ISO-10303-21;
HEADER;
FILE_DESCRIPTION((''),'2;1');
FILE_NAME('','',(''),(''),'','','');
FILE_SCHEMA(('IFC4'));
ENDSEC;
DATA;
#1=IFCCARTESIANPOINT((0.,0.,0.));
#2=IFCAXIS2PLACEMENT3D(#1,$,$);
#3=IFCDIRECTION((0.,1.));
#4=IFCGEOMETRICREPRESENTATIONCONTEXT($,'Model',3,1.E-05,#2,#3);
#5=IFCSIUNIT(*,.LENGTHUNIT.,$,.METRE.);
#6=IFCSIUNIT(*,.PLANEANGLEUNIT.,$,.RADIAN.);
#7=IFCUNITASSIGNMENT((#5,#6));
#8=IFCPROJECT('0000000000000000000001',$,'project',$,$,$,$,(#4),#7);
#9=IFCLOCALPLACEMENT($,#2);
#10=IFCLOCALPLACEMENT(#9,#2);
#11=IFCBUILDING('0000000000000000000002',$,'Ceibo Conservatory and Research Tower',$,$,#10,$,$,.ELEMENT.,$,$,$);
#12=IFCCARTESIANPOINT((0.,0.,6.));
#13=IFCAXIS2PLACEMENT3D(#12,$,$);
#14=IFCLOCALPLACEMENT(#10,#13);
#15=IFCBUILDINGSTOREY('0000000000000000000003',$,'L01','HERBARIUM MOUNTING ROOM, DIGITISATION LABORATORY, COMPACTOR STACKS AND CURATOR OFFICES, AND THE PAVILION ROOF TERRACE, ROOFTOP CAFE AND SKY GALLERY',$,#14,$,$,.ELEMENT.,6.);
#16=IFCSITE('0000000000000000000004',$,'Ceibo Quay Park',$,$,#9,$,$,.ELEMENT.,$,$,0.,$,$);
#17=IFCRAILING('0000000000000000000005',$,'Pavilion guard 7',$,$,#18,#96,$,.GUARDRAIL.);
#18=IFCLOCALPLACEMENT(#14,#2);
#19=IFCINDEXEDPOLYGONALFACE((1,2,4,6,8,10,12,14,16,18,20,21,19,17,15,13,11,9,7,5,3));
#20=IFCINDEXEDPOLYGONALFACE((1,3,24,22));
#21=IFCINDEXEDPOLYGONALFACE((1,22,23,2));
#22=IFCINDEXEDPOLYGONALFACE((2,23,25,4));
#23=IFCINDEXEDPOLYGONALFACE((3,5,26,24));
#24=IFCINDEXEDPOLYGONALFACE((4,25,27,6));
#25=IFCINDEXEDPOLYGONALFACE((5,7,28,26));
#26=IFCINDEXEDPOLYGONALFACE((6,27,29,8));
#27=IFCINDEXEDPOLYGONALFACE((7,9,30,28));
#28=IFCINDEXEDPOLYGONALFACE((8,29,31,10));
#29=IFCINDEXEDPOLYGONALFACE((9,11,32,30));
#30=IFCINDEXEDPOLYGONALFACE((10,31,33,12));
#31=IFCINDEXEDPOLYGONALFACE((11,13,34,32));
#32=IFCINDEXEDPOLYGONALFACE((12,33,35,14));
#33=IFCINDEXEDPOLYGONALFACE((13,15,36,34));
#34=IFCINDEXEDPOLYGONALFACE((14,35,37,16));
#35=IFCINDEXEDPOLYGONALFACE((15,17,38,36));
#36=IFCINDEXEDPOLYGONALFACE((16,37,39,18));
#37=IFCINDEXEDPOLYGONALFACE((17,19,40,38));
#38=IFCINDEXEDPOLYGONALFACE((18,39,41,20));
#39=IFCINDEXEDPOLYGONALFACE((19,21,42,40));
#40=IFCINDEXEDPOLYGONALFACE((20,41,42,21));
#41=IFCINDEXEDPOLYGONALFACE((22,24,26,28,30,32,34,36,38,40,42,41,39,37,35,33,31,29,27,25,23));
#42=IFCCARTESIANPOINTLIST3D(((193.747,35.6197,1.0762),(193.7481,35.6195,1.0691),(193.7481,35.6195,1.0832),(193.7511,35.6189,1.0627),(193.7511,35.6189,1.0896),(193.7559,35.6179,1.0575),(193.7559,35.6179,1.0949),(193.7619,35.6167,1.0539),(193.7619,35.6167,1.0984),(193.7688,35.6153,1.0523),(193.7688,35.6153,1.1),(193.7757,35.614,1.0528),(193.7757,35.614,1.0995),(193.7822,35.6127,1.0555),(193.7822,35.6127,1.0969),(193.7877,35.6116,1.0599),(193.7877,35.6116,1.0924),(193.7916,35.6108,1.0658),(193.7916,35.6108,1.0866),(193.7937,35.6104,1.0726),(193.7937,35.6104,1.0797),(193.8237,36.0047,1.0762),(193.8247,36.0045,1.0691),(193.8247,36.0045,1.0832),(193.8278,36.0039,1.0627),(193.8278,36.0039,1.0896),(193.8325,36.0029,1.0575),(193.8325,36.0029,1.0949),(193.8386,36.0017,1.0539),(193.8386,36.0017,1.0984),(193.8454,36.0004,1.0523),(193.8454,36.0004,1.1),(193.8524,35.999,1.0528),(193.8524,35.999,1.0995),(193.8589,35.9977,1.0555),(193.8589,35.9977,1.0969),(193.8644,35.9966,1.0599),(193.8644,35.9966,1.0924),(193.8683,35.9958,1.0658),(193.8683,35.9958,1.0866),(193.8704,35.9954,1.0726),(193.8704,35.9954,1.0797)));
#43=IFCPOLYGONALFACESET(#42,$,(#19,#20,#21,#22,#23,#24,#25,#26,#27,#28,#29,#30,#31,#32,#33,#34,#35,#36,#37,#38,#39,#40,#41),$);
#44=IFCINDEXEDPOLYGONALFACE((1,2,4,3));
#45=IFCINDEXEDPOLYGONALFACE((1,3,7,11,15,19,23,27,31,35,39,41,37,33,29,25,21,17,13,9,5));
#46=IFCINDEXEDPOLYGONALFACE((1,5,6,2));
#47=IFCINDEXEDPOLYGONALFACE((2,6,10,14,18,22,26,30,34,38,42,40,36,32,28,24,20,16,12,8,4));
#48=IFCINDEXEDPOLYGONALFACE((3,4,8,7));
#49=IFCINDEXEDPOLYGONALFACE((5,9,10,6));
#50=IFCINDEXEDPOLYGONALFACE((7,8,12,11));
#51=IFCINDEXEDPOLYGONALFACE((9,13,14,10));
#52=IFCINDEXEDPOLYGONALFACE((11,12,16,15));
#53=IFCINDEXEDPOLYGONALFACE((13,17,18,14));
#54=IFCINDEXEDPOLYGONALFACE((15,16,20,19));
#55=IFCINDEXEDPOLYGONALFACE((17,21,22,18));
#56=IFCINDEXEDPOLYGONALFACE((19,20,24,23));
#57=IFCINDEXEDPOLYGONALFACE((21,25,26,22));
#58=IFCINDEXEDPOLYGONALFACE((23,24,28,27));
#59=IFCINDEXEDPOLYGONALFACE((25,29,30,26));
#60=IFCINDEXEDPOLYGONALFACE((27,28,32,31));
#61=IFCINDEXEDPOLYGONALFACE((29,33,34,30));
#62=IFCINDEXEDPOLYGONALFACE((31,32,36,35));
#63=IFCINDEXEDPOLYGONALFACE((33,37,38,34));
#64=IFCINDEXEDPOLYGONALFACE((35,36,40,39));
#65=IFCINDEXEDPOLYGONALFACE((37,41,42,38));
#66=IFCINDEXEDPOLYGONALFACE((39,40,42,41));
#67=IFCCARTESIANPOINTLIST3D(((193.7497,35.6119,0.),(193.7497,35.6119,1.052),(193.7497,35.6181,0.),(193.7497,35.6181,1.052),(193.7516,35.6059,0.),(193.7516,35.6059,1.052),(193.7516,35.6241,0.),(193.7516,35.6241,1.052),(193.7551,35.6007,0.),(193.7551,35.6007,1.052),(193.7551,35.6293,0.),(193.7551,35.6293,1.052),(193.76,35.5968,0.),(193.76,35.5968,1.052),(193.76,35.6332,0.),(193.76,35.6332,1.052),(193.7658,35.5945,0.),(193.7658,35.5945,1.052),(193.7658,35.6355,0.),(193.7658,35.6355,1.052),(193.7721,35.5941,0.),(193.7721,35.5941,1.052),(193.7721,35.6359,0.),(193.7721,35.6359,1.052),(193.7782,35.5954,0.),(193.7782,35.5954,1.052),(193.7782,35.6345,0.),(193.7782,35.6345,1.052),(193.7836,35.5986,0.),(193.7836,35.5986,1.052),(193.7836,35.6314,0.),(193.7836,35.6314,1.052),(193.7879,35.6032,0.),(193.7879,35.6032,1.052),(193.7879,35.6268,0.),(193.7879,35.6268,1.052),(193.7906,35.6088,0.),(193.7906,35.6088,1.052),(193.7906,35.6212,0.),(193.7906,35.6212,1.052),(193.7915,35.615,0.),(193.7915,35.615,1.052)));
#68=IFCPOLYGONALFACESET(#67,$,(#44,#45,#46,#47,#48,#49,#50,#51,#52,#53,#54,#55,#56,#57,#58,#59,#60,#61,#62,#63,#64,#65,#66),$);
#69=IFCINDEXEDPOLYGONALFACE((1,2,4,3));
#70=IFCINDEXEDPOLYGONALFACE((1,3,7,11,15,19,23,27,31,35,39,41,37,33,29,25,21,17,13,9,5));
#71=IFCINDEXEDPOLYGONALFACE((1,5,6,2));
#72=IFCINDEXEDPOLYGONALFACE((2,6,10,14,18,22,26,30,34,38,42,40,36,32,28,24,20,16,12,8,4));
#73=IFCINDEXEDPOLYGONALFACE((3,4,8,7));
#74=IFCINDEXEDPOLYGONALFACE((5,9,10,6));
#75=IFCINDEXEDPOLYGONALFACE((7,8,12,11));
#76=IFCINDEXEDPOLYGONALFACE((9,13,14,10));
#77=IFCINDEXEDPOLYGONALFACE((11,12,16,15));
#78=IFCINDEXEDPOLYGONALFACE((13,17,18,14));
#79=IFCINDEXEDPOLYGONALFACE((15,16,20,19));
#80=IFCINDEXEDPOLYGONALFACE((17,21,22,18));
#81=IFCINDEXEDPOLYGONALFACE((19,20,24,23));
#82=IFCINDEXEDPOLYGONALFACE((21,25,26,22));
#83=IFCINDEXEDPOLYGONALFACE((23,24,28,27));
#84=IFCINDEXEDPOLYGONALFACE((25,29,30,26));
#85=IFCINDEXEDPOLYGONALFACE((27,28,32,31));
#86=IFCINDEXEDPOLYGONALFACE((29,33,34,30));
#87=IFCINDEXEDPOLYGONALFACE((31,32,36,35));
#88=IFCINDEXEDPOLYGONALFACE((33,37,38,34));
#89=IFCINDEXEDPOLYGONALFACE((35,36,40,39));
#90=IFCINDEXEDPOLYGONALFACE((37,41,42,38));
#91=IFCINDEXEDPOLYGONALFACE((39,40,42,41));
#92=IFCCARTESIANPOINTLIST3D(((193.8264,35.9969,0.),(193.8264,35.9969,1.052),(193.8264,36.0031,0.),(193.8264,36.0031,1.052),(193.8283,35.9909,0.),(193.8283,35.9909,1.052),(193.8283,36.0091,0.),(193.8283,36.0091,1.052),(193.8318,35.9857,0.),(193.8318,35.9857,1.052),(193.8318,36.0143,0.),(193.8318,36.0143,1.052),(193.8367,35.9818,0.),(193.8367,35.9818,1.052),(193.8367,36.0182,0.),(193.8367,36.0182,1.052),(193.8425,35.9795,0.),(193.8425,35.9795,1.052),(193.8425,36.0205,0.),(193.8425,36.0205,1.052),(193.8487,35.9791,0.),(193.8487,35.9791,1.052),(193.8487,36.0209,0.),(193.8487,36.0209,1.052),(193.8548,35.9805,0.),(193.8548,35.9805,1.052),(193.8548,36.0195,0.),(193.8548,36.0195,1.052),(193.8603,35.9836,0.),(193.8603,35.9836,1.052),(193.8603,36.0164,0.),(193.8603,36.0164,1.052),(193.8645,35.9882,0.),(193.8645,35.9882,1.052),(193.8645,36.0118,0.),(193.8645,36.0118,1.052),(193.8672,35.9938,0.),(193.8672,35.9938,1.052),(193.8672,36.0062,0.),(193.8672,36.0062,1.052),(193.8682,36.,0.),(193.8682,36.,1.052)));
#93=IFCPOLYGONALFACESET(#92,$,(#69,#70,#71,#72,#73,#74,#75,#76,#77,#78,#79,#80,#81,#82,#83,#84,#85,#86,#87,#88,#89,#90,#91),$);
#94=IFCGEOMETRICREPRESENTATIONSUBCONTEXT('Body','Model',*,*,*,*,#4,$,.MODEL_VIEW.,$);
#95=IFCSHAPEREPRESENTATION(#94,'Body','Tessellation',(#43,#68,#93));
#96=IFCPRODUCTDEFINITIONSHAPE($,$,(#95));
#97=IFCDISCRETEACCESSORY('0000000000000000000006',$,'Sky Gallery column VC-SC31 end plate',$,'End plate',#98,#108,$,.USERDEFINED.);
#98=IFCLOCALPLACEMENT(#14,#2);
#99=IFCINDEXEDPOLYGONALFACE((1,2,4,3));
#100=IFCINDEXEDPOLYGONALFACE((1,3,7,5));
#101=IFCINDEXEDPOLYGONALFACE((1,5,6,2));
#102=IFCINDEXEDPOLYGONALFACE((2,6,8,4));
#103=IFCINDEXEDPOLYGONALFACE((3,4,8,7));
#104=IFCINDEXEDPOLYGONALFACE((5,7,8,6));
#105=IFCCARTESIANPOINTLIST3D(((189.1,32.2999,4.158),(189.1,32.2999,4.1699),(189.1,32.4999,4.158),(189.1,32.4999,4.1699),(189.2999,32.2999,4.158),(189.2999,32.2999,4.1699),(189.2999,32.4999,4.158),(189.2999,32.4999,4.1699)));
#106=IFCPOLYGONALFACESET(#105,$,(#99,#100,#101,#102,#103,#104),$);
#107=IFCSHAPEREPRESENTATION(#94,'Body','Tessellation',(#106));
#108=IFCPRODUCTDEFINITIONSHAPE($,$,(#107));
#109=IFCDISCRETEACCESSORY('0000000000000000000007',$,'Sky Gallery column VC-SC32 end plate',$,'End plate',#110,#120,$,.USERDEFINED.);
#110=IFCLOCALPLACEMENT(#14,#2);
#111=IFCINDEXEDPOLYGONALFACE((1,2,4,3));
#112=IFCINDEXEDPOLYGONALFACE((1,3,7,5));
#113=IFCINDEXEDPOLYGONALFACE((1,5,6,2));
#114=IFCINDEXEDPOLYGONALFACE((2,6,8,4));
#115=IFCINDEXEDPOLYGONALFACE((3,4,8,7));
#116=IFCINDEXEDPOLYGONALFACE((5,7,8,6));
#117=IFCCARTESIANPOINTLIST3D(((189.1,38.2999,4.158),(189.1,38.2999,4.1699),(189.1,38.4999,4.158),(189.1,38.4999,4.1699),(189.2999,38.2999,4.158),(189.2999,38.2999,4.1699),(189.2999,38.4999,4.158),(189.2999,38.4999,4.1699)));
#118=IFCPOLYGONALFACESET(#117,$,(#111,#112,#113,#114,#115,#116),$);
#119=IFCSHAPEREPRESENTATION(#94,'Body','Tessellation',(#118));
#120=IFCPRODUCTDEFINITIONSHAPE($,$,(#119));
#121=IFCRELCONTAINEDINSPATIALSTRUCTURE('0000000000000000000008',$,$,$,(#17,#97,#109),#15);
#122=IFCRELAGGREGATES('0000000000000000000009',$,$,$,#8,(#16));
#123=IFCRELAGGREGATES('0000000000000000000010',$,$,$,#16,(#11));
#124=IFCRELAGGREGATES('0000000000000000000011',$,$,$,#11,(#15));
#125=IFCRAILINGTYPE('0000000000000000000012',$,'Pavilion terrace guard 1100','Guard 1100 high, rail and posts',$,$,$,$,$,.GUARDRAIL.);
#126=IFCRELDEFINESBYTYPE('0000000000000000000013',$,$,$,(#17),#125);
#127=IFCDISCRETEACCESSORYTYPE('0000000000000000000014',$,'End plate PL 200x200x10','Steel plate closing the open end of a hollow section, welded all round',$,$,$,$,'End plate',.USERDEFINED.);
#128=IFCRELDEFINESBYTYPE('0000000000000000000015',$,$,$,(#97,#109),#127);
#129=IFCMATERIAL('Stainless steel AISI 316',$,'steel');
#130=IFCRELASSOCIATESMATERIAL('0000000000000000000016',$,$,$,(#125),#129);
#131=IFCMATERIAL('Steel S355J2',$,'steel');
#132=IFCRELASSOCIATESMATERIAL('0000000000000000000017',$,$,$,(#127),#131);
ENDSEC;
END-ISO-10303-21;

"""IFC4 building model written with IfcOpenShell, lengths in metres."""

from ifc_helpers import new_model, si_unit, direction, frame, origin, origin_2d, place, context, subcontext, project, spatial, rectangle, circle, extrude, material, material_profile, profile_set, type_object, element, save


model = new_model("IFC4")

# Units and contexts
model_context = context("Model", 3, precision=1e-05, world=origin(), true_north=direction((0.0, 1.0)))
body_context = subcontext(model_context, "Body", "Model", "MODEL_VIEW")
ifc_project = project(units=[si_unit("LENGTHUNIT", "METRE"), si_unit("PLANEANGLEUNIT", "RADIAN")], contexts=[model_context])

# Site, building, storey
site_placement = place(None, origin())
site = spatial("IfcSite", under=ifc_project, at=site_placement, Name="Ceibo Quay Park", CompositionType="ELEMENT", RefElevation=0.0)
building_placement = place(site_placement, origin())
building = spatial("IfcBuilding", under=site, at=building_placement, Name="Ceibo Conservatory and Research Tower", CompositionType="ELEMENT")
storey_placement = place(building_placement, frame((0.0, 0.0, 6.0)))
storey = spatial("IfcBuildingStorey", under=building, at=storey_placement, Name="L01", Description="HERBARIUM MOUNTING ROOM, DIGITISATION LABORATORY, COMPACTOR STACKS AND CURATOR OFFICES, AND THE PAVILION ROOF TERRACE, ROOFTOP CAFE AND SKY GALLERY", CompositionType="ELEMENT", Elevation=6.0)

# Shared definitions
ifc_material_1 = material(Name="Steel S355J2", Category="steel")

# Railing
ifc_material_2 = material(Name="Stainless steel AISI 316", Category="steel")
railing_type = type_object("IfcRailingType", Name="Pavilion terrace guard 1100", Description="Guard 1100 high, rail and posts", PredefinedType="GUARDRAIL", material=ifc_material_2)
railing_1_placement = place(storey_placement, frame((193.7705, 35.615, 0.0)))
element("IfcRailing", 1, at=railing_1_placement, inside=storey, type_object=railing_type, Name="Pavilion guard 7", PredefinedType="GUARDRAIL", context=body_context, shape_type="SweptSolid", body=[
    extrude(circle(Radius=0.0239, at=origin_2d()), frame((0.0, 0.0, 1.0762), z_axis=(0.195279, 0.980748, 0.0), x_axis=(-0.980748, 0.195279, 0.0)), (0.0, 0.0, 1.0), 0.3926),
    extrude(circle(Radius=0.021, at=origin_2d()), origin(), (0.0, 0.0, 1.0), 1.052),
    extrude(circle(Radius=0.021, at=origin_2d()), frame((0.0767, 0.385, 0.0)), (0.0, 0.0, 1.0), 1.052),
])

# Discrete accessories
ifc_material_profile_1 = material_profile(ifc_material_1, rectangle(XDim=0.2, YDim=0.2, at=origin_2d()), Name="End plate PL 200x200x10")
ifc_profile_set_1 = profile_set([ifc_material_profile_1], Name="Steel S355J2")
discrete_accessory_type = type_object("IfcDiscreteAccessoryType", Name="End plate PL 200x200x10", Description="Steel plate closing the open end of a hollow section, welded all round", ElementType="End plate", PredefinedType="USERDEFINED", material=ifc_profile_set_1)
for number, where, z_axis, x_axis, name in (
    (2, (189.2, 32.3999, 4.158), (0.0, 0.0, 1.0), (1.0, 0.0, 0.0), "Sky Gallery column VC-SC31 end plate"),
    (3, (189.2, 38.3999, 4.158), (0.0, 0.0, 1.0), (1.0, 0.0, 0.0), "Sky Gallery column VC-SC32 end plate"),
):
    element("IfcDiscreteAccessory", number, at=place(storey_placement, frame(where, z_axis=z_axis, x_axis=x_axis)), inside=storey, type_object=discrete_accessory_type, Name=name, ObjectType="End plate", PredefinedType="USERDEFINED", context=body_context, shape_type="SweptSolid", body=[
        extrude(rectangle(XDim=0.2, YDim=0.2, at=origin_2d()), origin(), (0.0, 0.0, 1.0), 0.012),
    ])

save(model, "model.ifc")
